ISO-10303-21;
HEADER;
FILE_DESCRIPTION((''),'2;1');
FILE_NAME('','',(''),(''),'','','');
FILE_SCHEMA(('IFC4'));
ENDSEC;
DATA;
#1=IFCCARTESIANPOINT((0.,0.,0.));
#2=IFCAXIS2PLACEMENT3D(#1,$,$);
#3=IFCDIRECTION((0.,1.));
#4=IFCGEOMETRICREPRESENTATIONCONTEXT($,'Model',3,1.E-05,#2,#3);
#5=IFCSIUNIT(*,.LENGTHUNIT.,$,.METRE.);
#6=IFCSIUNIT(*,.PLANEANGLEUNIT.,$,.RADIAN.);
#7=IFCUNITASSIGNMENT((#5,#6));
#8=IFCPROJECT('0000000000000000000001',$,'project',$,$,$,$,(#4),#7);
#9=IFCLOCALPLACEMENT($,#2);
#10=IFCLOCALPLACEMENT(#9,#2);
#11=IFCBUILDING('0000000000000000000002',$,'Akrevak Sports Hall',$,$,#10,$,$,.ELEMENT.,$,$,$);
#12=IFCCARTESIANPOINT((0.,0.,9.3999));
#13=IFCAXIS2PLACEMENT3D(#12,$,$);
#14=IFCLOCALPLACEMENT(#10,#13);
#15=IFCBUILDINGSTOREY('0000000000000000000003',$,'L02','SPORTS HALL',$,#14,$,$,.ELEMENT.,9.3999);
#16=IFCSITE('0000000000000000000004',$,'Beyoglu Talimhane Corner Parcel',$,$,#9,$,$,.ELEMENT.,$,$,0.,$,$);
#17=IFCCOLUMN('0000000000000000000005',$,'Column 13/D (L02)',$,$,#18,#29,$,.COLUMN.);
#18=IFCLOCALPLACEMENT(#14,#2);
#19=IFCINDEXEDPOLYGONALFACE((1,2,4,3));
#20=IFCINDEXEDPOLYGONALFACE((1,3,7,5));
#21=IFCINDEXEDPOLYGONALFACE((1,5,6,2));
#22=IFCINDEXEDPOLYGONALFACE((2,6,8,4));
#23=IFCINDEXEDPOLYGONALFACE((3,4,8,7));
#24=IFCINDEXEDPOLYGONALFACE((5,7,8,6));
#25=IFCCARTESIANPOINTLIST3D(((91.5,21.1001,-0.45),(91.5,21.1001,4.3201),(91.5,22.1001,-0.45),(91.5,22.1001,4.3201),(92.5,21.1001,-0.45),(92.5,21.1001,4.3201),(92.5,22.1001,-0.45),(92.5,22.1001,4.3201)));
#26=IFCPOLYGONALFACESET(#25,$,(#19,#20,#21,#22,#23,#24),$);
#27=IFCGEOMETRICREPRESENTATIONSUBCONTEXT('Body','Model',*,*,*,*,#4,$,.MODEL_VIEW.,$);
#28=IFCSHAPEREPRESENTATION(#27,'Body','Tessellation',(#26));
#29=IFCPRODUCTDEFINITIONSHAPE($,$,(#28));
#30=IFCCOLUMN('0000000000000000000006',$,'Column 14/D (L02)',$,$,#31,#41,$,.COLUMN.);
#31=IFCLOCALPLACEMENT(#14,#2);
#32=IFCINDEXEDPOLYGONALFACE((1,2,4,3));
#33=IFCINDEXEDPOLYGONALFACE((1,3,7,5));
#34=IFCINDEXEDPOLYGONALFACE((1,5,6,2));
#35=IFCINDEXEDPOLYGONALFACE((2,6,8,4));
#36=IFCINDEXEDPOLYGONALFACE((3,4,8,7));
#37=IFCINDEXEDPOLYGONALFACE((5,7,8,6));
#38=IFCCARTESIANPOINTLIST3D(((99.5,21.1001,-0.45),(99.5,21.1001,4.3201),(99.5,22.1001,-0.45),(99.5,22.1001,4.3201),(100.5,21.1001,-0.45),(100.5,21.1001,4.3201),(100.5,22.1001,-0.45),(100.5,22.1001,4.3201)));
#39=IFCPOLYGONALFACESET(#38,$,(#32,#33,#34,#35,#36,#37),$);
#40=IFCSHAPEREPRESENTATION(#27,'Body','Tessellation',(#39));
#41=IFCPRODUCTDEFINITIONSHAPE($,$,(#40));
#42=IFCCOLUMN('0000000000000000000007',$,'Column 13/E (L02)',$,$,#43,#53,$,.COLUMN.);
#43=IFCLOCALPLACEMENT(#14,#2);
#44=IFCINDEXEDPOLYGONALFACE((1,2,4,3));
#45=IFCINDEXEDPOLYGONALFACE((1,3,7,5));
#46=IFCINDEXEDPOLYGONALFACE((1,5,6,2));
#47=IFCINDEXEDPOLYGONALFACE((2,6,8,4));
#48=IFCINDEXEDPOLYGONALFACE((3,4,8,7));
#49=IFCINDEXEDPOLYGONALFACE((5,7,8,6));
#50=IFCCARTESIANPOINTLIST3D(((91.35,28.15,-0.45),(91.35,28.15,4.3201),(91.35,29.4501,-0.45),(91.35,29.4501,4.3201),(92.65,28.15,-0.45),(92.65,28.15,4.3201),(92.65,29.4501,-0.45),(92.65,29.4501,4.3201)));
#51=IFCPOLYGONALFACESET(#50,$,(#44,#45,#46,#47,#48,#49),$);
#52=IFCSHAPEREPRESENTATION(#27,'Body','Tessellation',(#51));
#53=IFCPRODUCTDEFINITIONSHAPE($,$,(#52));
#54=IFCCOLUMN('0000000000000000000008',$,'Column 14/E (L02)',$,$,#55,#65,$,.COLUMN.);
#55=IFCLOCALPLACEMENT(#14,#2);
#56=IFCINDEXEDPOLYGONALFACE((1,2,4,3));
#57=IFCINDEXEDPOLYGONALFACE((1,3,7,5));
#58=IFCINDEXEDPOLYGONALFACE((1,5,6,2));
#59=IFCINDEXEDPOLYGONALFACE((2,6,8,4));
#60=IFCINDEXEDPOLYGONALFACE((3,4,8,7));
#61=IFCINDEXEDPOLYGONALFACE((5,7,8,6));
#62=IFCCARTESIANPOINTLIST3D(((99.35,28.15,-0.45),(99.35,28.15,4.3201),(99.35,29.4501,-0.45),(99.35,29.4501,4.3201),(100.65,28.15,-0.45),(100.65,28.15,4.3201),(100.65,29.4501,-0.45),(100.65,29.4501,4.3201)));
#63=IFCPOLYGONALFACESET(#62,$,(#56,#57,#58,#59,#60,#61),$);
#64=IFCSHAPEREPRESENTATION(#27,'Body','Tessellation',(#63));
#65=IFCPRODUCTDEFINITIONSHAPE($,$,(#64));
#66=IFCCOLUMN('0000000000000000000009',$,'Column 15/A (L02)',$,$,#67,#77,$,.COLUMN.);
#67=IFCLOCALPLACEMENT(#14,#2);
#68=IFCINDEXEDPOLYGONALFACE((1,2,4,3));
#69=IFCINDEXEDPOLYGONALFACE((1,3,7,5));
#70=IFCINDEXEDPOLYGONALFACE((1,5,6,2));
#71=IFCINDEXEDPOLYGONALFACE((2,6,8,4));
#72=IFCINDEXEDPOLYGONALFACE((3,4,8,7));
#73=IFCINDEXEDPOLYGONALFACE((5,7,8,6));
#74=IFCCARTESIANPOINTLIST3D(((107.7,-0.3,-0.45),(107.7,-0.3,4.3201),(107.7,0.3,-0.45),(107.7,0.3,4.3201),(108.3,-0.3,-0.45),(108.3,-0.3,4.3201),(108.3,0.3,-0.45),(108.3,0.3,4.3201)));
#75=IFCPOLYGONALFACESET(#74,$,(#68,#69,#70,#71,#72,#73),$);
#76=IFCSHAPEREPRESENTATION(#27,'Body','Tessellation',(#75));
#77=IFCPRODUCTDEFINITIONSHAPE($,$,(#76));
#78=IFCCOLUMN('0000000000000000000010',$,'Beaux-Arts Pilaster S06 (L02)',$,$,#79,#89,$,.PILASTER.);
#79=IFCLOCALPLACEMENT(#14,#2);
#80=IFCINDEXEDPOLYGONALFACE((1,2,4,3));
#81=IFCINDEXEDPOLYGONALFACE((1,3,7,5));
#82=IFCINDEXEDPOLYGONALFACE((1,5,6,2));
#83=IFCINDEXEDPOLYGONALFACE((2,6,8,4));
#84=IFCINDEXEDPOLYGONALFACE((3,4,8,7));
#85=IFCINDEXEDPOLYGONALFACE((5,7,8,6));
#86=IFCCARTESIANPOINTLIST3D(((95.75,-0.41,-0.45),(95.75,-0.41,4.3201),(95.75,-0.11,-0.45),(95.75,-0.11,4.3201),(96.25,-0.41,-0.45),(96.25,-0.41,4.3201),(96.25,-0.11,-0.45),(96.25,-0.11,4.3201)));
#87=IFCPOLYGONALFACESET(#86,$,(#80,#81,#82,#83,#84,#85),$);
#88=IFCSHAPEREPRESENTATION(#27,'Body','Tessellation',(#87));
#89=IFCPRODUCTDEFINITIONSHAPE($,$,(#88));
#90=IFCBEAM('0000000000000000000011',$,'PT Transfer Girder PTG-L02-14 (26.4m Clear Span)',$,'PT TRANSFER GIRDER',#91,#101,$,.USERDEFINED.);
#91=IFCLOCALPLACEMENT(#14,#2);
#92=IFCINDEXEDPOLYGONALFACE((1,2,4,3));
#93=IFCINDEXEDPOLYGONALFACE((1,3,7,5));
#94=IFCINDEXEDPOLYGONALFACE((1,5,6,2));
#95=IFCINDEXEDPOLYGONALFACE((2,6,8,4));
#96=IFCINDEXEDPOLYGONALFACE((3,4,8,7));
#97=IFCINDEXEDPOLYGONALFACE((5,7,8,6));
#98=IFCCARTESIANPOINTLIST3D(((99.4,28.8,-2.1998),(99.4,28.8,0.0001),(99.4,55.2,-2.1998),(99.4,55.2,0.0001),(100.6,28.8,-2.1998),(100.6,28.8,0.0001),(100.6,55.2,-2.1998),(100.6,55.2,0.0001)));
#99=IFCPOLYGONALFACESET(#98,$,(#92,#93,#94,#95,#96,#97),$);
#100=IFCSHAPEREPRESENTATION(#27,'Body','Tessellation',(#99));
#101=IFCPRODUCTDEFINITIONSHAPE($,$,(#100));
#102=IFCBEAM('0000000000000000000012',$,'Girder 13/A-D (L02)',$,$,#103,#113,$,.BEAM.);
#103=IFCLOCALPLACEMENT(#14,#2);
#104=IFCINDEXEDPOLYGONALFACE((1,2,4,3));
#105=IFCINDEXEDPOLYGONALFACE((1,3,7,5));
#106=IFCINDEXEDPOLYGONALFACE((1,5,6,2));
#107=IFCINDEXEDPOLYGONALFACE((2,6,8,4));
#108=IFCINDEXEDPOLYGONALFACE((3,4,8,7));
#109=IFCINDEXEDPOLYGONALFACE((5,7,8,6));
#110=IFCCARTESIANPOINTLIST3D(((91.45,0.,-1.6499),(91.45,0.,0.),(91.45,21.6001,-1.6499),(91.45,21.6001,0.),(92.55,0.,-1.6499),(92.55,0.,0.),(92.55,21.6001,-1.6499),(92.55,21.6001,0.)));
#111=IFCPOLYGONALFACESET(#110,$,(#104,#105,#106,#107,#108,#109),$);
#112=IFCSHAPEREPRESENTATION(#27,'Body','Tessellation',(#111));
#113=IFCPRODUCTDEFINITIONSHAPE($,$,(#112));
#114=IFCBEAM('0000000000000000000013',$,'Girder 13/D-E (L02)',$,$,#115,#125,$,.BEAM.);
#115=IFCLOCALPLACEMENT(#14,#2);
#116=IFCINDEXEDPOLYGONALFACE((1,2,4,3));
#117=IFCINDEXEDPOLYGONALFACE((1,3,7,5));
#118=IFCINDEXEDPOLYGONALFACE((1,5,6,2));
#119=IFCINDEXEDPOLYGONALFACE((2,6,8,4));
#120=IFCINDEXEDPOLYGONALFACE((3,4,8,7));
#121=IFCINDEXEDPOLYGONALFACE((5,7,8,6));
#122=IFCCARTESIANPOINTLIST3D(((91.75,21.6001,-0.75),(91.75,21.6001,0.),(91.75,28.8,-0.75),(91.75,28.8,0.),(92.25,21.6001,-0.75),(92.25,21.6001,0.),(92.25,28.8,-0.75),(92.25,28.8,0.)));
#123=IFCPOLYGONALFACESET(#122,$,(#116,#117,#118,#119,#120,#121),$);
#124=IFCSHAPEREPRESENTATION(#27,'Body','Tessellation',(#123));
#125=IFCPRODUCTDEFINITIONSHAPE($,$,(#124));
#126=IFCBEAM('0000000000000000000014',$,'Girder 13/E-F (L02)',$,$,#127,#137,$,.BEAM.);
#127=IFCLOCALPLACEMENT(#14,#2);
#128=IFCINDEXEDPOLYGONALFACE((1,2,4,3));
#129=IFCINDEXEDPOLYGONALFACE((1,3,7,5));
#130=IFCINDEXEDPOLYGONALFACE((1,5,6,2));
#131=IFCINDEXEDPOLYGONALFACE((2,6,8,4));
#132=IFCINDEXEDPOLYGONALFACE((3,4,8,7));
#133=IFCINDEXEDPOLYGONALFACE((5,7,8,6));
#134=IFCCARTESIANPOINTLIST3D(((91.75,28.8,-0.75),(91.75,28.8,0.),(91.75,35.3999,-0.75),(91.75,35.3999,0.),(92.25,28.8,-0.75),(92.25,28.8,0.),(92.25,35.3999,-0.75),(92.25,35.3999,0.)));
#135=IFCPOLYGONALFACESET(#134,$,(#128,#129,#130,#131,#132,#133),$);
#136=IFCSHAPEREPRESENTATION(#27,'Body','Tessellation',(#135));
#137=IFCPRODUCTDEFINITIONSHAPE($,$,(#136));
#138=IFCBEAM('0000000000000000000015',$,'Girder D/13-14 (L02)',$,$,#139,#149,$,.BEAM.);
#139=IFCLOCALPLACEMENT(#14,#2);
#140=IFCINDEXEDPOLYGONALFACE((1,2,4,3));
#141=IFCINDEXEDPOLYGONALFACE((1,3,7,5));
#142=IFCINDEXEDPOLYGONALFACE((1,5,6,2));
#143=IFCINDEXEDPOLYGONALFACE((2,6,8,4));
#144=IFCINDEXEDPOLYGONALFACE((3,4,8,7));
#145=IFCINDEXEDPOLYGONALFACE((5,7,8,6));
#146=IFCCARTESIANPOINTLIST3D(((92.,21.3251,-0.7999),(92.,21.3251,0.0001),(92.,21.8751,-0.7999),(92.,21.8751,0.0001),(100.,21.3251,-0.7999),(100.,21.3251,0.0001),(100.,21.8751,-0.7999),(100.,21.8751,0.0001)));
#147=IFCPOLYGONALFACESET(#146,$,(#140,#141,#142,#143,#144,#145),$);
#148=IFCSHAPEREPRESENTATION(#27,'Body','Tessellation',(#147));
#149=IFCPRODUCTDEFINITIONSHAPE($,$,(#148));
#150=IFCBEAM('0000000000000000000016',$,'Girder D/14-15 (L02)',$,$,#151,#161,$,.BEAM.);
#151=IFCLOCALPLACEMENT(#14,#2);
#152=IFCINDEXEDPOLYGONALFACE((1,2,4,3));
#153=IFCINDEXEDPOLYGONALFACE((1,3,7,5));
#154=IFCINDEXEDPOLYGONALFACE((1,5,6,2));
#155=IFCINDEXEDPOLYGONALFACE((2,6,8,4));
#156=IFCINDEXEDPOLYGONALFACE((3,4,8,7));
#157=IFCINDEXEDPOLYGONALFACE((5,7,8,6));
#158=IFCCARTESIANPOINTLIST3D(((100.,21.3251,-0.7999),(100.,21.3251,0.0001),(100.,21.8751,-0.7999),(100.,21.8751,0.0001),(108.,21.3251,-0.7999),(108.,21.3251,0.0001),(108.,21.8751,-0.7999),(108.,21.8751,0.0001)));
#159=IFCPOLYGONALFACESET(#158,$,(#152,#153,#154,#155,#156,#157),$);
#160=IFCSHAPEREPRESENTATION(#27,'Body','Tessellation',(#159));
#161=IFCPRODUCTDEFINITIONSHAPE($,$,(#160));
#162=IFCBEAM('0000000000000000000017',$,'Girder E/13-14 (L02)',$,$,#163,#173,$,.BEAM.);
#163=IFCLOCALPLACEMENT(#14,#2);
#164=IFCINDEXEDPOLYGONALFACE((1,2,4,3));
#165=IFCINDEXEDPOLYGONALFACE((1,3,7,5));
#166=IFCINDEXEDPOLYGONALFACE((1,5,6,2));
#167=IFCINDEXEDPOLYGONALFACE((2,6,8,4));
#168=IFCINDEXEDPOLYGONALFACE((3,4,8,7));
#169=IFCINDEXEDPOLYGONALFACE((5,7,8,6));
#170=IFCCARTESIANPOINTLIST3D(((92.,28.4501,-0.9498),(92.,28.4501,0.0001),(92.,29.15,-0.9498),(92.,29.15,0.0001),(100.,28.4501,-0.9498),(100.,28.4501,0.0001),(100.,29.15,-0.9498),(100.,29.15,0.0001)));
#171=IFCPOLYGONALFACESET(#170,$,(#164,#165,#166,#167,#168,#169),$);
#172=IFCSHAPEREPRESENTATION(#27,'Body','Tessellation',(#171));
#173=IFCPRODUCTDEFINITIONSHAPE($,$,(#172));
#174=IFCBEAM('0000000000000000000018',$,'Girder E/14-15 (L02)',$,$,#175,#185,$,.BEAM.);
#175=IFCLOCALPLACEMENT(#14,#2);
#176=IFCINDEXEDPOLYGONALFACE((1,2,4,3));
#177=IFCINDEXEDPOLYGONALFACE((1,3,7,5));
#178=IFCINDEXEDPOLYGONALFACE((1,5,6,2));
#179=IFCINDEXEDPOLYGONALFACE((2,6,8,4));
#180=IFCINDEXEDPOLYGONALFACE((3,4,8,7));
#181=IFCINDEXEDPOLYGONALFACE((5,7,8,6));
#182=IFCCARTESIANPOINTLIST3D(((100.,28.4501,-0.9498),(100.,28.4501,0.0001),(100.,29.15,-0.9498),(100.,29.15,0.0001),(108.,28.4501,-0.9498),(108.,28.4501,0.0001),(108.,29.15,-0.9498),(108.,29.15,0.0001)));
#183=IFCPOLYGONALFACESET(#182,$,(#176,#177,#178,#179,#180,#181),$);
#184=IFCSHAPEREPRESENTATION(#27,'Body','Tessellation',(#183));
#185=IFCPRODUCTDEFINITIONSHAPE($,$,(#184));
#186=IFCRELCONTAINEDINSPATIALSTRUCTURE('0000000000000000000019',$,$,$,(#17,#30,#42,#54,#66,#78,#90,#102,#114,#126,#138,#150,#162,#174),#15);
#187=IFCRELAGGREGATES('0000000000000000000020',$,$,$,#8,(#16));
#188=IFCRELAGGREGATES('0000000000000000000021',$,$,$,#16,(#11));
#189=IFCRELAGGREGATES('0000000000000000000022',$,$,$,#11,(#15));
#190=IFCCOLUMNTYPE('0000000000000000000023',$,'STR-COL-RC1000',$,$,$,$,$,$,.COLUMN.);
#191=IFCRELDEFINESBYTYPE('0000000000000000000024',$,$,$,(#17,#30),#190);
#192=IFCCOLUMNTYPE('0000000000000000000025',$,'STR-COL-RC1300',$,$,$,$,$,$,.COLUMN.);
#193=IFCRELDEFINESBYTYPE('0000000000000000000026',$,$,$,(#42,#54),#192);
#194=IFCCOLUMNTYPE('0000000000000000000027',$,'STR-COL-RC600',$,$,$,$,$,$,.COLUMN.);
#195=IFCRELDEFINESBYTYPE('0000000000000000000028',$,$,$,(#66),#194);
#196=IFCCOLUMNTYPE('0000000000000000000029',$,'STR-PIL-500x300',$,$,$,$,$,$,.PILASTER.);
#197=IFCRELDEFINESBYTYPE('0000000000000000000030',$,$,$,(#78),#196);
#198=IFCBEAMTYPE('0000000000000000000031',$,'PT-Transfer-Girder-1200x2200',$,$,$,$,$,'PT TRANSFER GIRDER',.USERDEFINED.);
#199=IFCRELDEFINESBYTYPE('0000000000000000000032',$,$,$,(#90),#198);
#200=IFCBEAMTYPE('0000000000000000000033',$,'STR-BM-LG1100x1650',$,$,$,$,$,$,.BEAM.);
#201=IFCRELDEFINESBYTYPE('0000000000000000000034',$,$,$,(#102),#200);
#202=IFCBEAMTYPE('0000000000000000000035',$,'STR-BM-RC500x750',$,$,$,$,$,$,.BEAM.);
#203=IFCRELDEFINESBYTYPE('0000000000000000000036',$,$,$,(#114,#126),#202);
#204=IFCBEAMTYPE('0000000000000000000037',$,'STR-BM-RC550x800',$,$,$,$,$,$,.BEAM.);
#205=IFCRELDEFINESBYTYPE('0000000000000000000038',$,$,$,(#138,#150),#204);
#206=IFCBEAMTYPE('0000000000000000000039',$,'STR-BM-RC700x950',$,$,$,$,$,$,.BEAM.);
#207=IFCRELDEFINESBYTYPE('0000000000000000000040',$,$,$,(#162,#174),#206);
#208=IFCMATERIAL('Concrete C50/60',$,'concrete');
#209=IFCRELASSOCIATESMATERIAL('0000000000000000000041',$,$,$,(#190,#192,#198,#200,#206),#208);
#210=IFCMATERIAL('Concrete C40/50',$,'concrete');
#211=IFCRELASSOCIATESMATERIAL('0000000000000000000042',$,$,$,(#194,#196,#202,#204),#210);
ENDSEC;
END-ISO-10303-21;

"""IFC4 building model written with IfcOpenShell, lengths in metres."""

from ifc_helpers import new_model, si_unit, direction, frame, origin, origin_2d, place, context, subcontext, project, spatial, rectangle, extrude, material, material_profile, profile_set, type_object, element, save


model = new_model("IFC4")

# Units and contexts
model_context = context("Model", 3, precision=1e-05, world=origin(), true_north=direction((0.0, 1.0)))
body_context = subcontext(model_context, "Body", "Model", "MODEL_VIEW")
ifc_project = project(units=[si_unit("LENGTHUNIT", "METRE"), si_unit("PLANEANGLEUNIT", "RADIAN")], contexts=[model_context])

# Site, building, storey
site_placement = place(None, origin())
site = spatial("IfcSite", under=ifc_project, at=site_placement, Name="Beyoglu Talimhane Corner Parcel", CompositionType="ELEMENT", RefElevation=0.0)
building_placement = place(site_placement, origin())
building = spatial("IfcBuilding", under=site, at=building_placement, Name="Akrevak Sports Hall", CompositionType="ELEMENT")
storey_placement = place(building_placement, frame((0.0, 0.0, 9.3999)))
storey = spatial("IfcBuildingStorey", under=building, at=storey_placement, Name="L02", Description="SPORTS HALL", CompositionType="ELEMENT", Elevation=9.3999)

# Columns
ifc_material_1 = material(Name="Concrete C50/60", Category="concrete")
ifc_material_profile_1 = material_profile(ifc_material_1, rectangle(XDim=1.0, YDim=1.0, at=origin_2d()), Name="RC 1000x1000", Category="concrete")
ifc_profile_set_1 = profile_set([ifc_material_profile_1], Name="Concrete C50/60")
column_type_1 = type_object("IfcColumnType", Name="STR-COL-RC1000", PredefinedType="COLUMN", material=ifc_profile_set_1)
for number, where, z_axis, x_axis, name in (
    (1, (92.0, 21.6001, -0.45), (0.0, 0.0, 1.0), (1.0, 0.0, 0.0), "Column 13/D (L02)"),
    (2, (100.0, 21.6001, -0.45), (0.0, 0.0, 1.0), (1.0, 0.0, 0.0), "Column 14/D (L02)"),
):
    element("IfcColumn", number, at=place(storey_placement, frame(where, z_axis=z_axis, x_axis=x_axis)), inside=storey, type_object=column_type_1, Name=name, PredefinedType="COLUMN", context=body_context, shape_type="SweptSolid", body=[
        extrude(rectangle(XDim=1.0, YDim=1.0, at=origin_2d()), origin(), (0.0, 0.0, 1.0), 4.77),
    ])
ifc_material_profile_2 = material_profile(ifc_material_1, rectangle(XDim=1.3, YDim=1.3, at=origin_2d()), Name="RC 1300x1300", Category="concrete")
ifc_profile_set_2 = profile_set([ifc_material_profile_2], Name="Concrete C50/60")
column_type_2 = type_object("IfcColumnType", Name="STR-COL-RC1300", PredefinedType="COLUMN", material=ifc_profile_set_2)
for number, where, z_axis, x_axis, name in (
    (3, (92.0, 28.8, -0.45), (0.0, 0.0, 1.0), (1.0, 0.0, 0.0), "Column 13/E (L02)"),
    (4, (100.0, 28.8, -0.45), (0.0, 0.0, 1.0), (1.0, 0.0, 0.0), "Column 14/E (L02)"),
):
    element("IfcColumn", number, at=place(storey_placement, frame(where, z_axis=z_axis, x_axis=x_axis)), inside=storey, type_object=column_type_2, Name=name, PredefinedType="COLUMN", context=body_context, shape_type="SweptSolid", body=[
        extrude(rectangle(XDim=1.3, YDim=1.3, at=origin_2d()), origin(), (0.0, 0.0, 1.0), 4.77),
    ])
ifc_material_2 = material(Name="Concrete C40/50", Category="concrete")
ifc_material_profile_3 = material_profile(ifc_material_2, rectangle(XDim=0.6001, YDim=0.6001, at=origin_2d()), Name="RC 600x600", Category="concrete")
ifc_profile_set_3 = profile_set([ifc_material_profile_3], Name="Concrete C40/50")
column_type_3 = type_object("IfcColumnType", Name="STR-COL-RC600", PredefinedType="COLUMN", material=ifc_profile_set_3)
column_1_placement = place(storey_placement, frame((108.0, 0.0, -0.45), z_axis=(0.0, 0.0, 1.0), x_axis=(1.0, 0.0, 0.0)))
element("IfcColumn", 5, at=column_1_placement, inside=storey, type_object=column_type_3, Name="Column 15/A (L02)", PredefinedType="COLUMN", context=body_context, shape_type="SweptSolid", body=[
    extrude(rectangle(XDim=0.6001, YDim=0.6001, at=origin_2d()), origin(), (0.0, 0.0, 1.0), 4.77),
])
ifc_material_profile_4 = material_profile(ifc_material_2, rectangle(XDim=0.5, YDim=0.3, at=origin_2d()), Name="PIL 500x300", Category="concrete")
ifc_profile_set_4 = profile_set([ifc_material_profile_4], Name="Concrete C40/50")
column_type_4 = type_object("IfcColumnType", Name="STR-PIL-500x300", PredefinedType="PILASTER", material=ifc_profile_set_4)
column_2_placement = place(storey_placement, frame((96.0, -0.26, -0.45), z_axis=(0.0, 0.0, 1.0), x_axis=(1.0, 0.0, 0.0)))
element("IfcColumn", 6, at=column_2_placement, inside=storey, type_object=column_type_4, Name="Beaux-Arts Pilaster S06 (L02)", PredefinedType="PILASTER", context=body_context, shape_type="SweptSolid", body=[
    extrude(rectangle(XDim=0.5, YDim=0.3, at=origin_2d()), origin(), (0.0, 0.0, 1.0), 4.77),
])

# Beams
ifc_material_profile_5 = material_profile(ifc_material_1, rectangle(XDim=1.2, YDim=2.2, at=origin_2d()), Name="PTG 1200x2200", Category="concrete")
ifc_profile_set_5 = profile_set([ifc_material_profile_5], Name="Concrete C50/60")
beam_type_1 = type_object("IfcBeamType", Name="PT-Transfer-Girder-1200x2200", ElementType="PT TRANSFER GIRDER", PredefinedType="USERDEFINED", material=ifc_profile_set_5)
beam_1_placement = place(storey_placement, frame((100.0, 28.8, -1.0999), z_axis=(0.0, 1.0, 0.0), x_axis=(-1.0, 0.0, 0.0)))
element("IfcBeam", 7, at=beam_1_placement, inside=storey, type_object=beam_type_1, Name="PT Transfer Girder PTG-L02-14 (26.4m Clear Span)", ObjectType="PT TRANSFER GIRDER", PredefinedType="USERDEFINED", context=body_context, shape_type="SweptSolid", body=[
    extrude(rectangle(XDim=1.2, YDim=2.2, at=origin_2d()), origin(), (0.0, 0.0, 1.0), 26.3999),
])
ifc_material_profile_6 = material_profile(ifc_material_1, rectangle(XDim=1.1001, YDim=1.6499, at=origin_2d()), Name="BM 1100x1650", Category="concrete")
ifc_profile_set_6 = profile_set([ifc_material_profile_6], Name="Concrete C50/60")
beam_type_2 = type_object("IfcBeamType", Name="STR-BM-LG1100x1650", PredefinedType="BEAM", material=ifc_profile_set_6)
beam_2_placement = place(storey_placement, frame((92.0, 0.0, -0.825), z_axis=(0.0, 1.0, 0.0), x_axis=(-1.0, 0.0, 0.0)))
element("IfcBeam", 8, at=beam_2_placement, inside=storey, type_object=beam_type_2, Name="Girder 13/A-D (L02)", PredefinedType="BEAM", context=body_context, shape_type="SweptSolid", body=[
    extrude(rectangle(XDim=1.1001, YDim=1.6499, at=origin_2d()), origin(), (0.0, 0.0, 1.0), 21.6001),
])
ifc_material_profile_7 = material_profile(ifc_material_2, rectangle(XDim=0.5, YDim=0.75, at=origin_2d()), Name="BM 500x750", Category="concrete")
ifc_profile_set_7 = profile_set([ifc_material_profile_7], Name="Concrete C40/50")
beam_type_3 = type_object("IfcBeamType", Name="STR-BM-RC500x750", PredefinedType="BEAM", material=ifc_profile_set_7)
beam_3_placement = place(storey_placement, frame((92.0, 21.6001, -0.375), z_axis=(0.0, 1.0, 0.0), x_axis=(-1.0, 0.0, 0.0)))
element("IfcBeam", 9, at=beam_3_placement, inside=storey, type_object=beam_type_3, Name="Girder 13/D-E (L02)", PredefinedType="BEAM", context=body_context, shape_type="SweptSolid", body=[
    extrude(rectangle(XDim=0.5, YDim=0.75, at=origin_2d()), origin(), (0.0, 0.0, 1.0), 7.2),
])
beam_4_placement = place(storey_placement, frame((92.0, 28.8, -0.375), z_axis=(0.0, 1.0, 0.0), x_axis=(-1.0, 0.0, 0.0)))
element("IfcBeam", 10, at=beam_4_placement, inside=storey, type_object=beam_type_3, Name="Girder 13/E-F (L02)", PredefinedType="BEAM", context=body_context, shape_type="SweptSolid", body=[
    extrude(rectangle(XDim=0.5, YDim=0.75, at=origin_2d()), origin(), (0.0, 0.0, 1.0), 6.5999),
])
ifc_material_profile_8 = material_profile(ifc_material_2, rectangle(XDim=0.55, YDim=0.8, at=origin_2d()), Name="BM 550x800", Category="concrete")
ifc_profile_set_8 = profile_set([ifc_material_profile_8], Name="Concrete C40/50")
beam_type_4 = type_object("IfcBeamType", Name="STR-BM-RC550x800", PredefinedType="BEAM", material=ifc_profile_set_8)
for number, where, z_axis, x_axis, name in (
    (11, (92.0, 21.6001, -0.3999), (1.0, 0.0, 0.0), (0.0, 1.0, 0.0), "Girder D/13-14 (L02)"),
    (12, (100.0, 21.6001, -0.3999), (1.0, 0.0, 0.0), (0.0, 1.0, 0.0), "Girder D/14-15 (L02)"),
):
    element("IfcBeam", number, at=place(storey_placement, frame(where, z_axis=z_axis, x_axis=x_axis)), inside=storey, type_object=beam_type_4, Name=name, PredefinedType="BEAM", context=body_context, shape_type="SweptSolid", body=[
        extrude(rectangle(XDim=0.55, YDim=0.8, at=origin_2d()), origin(), (0.0, 0.0, 1.0), 8.0),
    ])
ifc_material_profile_9 = material_profile(ifc_material_1, rectangle(XDim=0.7, YDim=0.95, at=origin_2d()), Name="BM 700x950", Category="concrete")
ifc_profile_set_9 = profile_set([ifc_material_profile_9], Name="Concrete C50/60")
beam_type_5 = type_object("IfcBeamType", Name="STR-BM-RC700x950", PredefinedType="BEAM", material=ifc_profile_set_9)
for number, where, z_axis, x_axis, name in (
    (13, (92.0, 28.8, -0.4749), (1.0, 0.0, 0.0), (0.0, 1.0, 0.0), "Girder E/13-14 (L02)"),
    (14, (100.0, 28.8, -0.4749), (1.0, 0.0, 0.0), (0.0, 1.0, 0.0), "Girder E/14-15 (L02)"),
):
    element("IfcBeam", number, at=place(storey_placement, frame(where, z_axis=z_axis, x_axis=x_axis)), inside=storey, type_object=beam_type_5, Name=name, PredefinedType="BEAM", context=body_context, shape_type="SweptSolid", body=[
        extrude(rectangle(XDim=0.7, YDim=0.95, at=origin_2d()), origin(), (0.0, 0.0, 1.0), 8.0),
    ])

save(model, "model.ifc")
